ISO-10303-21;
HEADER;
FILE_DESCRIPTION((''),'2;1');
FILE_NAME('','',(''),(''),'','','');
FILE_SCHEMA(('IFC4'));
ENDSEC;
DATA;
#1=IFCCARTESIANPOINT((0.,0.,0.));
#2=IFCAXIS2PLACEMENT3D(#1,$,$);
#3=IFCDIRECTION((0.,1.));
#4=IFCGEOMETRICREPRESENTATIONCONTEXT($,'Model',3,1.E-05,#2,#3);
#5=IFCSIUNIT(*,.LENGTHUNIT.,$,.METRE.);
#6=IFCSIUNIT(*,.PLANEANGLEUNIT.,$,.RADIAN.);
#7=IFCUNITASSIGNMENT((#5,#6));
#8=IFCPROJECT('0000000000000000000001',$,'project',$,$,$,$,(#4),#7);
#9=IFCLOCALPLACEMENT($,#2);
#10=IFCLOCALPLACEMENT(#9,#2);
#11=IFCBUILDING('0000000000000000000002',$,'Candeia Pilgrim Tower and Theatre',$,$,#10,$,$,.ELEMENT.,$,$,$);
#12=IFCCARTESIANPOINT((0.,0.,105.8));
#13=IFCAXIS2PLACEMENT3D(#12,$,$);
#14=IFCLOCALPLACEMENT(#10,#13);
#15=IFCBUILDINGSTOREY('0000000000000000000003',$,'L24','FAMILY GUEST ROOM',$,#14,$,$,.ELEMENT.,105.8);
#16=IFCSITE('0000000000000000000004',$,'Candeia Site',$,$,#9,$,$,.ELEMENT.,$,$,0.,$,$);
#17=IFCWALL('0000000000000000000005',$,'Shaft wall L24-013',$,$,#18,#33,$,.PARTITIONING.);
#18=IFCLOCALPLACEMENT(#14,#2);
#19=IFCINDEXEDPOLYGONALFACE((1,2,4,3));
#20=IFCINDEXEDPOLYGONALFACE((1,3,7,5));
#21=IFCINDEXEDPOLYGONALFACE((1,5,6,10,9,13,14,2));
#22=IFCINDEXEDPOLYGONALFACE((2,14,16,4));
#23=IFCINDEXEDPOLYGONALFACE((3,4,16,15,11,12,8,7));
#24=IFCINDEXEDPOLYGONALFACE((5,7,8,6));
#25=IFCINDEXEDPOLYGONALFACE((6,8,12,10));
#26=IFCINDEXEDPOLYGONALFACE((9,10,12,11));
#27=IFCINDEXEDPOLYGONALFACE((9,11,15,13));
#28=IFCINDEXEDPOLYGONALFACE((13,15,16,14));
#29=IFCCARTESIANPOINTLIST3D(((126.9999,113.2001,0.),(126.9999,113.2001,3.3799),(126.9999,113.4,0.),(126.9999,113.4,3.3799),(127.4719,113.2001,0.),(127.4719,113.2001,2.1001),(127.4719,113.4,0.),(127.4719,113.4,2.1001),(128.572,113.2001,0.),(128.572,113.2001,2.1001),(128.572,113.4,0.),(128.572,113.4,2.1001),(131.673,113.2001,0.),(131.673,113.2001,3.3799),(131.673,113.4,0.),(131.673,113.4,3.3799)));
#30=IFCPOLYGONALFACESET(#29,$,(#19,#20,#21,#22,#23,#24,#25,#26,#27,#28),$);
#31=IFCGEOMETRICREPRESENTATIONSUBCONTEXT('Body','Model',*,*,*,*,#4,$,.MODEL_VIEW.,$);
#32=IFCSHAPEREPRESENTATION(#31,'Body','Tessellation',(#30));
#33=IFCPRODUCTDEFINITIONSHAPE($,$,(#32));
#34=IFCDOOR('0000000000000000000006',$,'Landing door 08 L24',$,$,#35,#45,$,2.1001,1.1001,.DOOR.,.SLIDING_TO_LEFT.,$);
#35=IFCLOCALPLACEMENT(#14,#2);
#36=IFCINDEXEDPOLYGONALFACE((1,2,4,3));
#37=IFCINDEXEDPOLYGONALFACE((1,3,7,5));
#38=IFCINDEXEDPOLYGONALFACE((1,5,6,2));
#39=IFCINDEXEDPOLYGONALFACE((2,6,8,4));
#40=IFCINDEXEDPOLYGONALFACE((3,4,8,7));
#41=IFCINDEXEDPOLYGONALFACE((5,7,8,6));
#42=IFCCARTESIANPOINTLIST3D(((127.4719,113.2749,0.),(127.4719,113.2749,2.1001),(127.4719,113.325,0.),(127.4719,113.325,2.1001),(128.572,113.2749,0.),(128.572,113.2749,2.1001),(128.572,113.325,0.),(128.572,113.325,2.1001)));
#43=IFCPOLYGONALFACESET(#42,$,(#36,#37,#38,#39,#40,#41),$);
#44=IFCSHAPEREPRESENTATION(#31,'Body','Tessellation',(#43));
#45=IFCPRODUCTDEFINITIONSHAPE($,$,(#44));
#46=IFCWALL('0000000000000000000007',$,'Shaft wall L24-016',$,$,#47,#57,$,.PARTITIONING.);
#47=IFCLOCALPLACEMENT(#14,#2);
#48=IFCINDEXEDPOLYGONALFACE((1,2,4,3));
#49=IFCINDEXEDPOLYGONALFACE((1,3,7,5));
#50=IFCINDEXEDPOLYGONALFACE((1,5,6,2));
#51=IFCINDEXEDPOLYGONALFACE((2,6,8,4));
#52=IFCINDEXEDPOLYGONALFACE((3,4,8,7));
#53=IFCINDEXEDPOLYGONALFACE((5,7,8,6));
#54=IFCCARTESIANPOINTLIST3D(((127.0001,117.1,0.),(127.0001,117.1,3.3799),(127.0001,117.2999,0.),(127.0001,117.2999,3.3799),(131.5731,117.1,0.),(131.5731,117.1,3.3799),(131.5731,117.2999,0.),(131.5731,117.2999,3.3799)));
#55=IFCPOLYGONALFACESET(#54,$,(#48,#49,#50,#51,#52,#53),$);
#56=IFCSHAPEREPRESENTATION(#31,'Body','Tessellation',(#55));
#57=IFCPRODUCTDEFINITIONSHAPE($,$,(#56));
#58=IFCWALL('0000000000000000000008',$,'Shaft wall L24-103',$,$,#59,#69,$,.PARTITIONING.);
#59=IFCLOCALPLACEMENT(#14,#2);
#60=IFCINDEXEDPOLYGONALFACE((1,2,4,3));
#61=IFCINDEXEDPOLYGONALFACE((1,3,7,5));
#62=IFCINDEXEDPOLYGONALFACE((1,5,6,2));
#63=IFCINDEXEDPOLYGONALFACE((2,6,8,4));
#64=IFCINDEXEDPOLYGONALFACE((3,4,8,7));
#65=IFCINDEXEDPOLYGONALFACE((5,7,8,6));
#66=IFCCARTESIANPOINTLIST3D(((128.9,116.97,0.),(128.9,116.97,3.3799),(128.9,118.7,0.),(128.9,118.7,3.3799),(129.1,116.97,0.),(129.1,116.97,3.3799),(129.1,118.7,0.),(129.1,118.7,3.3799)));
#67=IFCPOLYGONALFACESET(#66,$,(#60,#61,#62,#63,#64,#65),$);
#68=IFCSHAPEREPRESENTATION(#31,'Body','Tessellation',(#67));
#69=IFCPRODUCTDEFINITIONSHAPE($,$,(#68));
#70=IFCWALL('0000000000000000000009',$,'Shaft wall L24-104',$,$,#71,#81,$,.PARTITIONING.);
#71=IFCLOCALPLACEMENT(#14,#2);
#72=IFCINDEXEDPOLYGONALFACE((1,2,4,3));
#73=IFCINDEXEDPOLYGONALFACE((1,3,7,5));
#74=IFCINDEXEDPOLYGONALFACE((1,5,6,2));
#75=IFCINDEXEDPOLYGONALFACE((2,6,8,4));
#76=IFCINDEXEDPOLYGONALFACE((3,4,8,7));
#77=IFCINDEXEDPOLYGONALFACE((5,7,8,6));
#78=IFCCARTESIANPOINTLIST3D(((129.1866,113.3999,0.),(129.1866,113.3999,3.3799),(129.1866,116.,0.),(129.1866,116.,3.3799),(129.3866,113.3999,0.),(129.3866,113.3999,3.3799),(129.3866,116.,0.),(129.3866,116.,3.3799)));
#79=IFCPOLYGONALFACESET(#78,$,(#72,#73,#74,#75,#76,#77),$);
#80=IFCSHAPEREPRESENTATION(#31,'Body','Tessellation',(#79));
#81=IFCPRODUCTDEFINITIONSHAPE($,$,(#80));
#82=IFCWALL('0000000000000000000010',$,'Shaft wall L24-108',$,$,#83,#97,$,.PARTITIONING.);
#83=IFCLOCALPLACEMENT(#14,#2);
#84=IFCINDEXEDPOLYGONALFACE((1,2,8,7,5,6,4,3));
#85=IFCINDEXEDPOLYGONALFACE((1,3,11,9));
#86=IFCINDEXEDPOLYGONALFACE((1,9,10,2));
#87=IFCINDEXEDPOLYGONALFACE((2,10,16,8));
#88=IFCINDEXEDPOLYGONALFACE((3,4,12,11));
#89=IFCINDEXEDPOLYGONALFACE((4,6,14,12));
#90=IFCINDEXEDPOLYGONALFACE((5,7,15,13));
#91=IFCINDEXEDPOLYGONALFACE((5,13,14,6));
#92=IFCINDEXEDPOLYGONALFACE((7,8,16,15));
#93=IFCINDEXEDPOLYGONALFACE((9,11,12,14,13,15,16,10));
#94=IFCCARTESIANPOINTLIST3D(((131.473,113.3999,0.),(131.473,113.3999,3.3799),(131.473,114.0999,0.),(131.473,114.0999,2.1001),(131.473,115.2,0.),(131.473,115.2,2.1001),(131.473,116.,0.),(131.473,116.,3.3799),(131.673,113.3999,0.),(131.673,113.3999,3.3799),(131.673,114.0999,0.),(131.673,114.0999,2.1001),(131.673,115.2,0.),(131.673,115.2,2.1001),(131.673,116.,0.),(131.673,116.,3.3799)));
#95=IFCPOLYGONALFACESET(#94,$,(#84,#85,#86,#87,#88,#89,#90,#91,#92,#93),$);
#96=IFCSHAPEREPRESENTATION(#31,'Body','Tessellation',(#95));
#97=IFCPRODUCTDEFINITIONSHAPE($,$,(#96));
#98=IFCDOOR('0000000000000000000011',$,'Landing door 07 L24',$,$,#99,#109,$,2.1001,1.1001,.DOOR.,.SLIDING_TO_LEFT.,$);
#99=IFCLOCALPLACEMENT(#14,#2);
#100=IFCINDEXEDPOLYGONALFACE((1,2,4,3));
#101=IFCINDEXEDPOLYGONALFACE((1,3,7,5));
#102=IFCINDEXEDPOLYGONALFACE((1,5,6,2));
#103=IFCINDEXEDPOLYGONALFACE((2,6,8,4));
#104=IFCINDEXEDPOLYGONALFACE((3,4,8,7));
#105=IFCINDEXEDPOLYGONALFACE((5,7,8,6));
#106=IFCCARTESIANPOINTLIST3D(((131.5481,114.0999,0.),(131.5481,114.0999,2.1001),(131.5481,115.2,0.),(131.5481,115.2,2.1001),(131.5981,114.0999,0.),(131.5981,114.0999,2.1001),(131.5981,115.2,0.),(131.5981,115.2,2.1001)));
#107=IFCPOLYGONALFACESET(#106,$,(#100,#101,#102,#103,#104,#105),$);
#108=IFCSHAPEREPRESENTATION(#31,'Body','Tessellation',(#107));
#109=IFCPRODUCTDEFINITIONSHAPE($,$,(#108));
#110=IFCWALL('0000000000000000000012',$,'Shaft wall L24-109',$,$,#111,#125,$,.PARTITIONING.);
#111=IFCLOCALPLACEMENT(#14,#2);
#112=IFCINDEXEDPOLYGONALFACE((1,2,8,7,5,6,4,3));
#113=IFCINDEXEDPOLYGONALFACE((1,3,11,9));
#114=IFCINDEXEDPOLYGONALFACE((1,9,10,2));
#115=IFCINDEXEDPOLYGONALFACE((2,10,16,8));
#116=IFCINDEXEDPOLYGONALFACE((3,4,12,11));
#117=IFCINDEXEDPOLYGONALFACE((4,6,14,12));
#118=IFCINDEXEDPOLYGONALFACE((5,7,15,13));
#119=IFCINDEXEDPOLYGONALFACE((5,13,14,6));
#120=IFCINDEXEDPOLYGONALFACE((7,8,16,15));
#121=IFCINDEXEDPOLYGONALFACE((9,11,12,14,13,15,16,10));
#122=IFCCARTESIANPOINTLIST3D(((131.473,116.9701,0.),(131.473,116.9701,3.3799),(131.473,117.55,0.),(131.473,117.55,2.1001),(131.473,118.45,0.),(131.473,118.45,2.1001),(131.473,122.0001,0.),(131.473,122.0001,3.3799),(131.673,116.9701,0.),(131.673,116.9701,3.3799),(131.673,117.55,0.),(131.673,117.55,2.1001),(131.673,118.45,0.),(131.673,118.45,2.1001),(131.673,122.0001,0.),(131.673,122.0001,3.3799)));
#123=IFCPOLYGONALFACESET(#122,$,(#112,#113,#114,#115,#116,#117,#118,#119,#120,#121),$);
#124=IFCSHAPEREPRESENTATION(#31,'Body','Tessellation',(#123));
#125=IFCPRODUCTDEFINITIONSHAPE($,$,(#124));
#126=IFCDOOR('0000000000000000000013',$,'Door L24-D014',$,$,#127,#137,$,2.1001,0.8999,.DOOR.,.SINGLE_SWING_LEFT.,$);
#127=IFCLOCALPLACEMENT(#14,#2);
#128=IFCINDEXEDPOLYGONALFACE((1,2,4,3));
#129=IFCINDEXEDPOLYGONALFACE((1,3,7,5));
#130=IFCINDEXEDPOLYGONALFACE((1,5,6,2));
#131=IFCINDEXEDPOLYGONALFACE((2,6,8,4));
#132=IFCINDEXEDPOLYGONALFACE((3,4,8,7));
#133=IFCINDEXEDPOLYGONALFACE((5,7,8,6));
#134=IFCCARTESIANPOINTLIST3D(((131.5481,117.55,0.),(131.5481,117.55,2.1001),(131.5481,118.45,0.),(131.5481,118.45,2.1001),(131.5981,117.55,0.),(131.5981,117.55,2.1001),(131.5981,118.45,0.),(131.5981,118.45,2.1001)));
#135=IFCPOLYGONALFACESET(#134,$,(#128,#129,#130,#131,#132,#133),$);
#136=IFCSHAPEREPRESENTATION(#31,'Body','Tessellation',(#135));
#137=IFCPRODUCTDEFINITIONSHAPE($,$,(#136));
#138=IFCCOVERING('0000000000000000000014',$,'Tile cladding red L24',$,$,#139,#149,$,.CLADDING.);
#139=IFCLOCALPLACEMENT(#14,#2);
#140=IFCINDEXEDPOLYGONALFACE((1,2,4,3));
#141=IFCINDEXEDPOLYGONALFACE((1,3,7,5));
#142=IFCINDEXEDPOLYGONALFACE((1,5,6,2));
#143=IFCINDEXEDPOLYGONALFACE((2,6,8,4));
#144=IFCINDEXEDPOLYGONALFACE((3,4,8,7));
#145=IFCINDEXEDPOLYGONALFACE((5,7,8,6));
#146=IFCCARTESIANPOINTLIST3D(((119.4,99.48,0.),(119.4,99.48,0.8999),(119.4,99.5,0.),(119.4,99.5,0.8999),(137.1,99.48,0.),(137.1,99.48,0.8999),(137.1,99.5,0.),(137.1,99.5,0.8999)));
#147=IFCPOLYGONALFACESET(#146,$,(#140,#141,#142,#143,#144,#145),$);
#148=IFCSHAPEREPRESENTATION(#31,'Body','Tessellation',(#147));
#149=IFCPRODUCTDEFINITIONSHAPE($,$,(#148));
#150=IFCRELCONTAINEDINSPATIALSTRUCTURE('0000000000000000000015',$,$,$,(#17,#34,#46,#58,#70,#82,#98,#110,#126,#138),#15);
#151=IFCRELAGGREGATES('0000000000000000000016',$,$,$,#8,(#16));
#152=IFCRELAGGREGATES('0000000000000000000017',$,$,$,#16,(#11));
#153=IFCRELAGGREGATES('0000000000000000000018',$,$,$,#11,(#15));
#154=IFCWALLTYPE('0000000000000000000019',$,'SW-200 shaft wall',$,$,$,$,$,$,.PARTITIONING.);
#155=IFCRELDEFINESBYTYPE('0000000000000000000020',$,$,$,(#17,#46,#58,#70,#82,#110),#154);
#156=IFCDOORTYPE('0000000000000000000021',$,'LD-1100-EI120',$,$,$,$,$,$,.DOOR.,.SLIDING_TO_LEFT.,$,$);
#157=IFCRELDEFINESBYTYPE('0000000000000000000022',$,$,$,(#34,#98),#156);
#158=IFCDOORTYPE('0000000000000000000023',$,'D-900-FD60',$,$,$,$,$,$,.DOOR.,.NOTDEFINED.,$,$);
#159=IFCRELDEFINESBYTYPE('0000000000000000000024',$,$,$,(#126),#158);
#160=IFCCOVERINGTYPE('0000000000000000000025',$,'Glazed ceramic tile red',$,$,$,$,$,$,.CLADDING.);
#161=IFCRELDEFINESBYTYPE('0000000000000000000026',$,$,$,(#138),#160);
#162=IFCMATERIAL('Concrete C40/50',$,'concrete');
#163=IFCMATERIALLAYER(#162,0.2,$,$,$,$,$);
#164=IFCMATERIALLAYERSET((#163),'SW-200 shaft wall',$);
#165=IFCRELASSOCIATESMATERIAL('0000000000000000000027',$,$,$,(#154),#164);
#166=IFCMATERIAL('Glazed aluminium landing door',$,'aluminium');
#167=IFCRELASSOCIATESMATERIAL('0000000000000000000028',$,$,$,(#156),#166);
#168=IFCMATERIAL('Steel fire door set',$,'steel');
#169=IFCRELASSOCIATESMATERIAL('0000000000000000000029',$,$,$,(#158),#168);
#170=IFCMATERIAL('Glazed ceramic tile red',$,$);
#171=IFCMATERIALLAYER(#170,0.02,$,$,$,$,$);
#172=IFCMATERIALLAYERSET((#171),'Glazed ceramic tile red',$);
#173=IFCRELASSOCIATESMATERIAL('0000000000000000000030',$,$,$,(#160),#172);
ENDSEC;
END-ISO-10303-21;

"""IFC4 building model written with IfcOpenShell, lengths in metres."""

from ifc_helpers import new_model, si_unit, direction, frame, frame_2d, origin, origin_2d, place, context, subcontext, project, spatial, rectangle, extrude, material, layer, layer_set, type_object, element, fill, save


model = new_model("IFC4")

# Units and contexts
model_context = context("Model", 3, precision=1e-05, world=origin(), true_north=direction((0.0, 1.0)))
body_context = subcontext(model_context, "Body", "Model", "MODEL_VIEW")
ifc_project = project(units=[si_unit("LENGTHUNIT", "METRE"), si_unit("PLANEANGLEUNIT", "RADIAN")], contexts=[model_context])

# Site, building, storey
site_placement = place(None, origin())
site = spatial("IfcSite", under=ifc_project, at=site_placement, Name="Candeia Site", CompositionType="ELEMENT", RefElevation=0.0)
building_placement = place(site_placement, origin())
building = spatial("IfcBuilding", under=site, at=building_placement, Name="Candeia Pilgrim Tower and Theatre", CompositionType="ELEMENT")
storey_placement = place(building_placement, frame((0.0, 0.0, 105.8)))
storey = spatial("IfcBuildingStorey", under=building, at=storey_placement, Name="L24", Description="FAMILY GUEST ROOM", CompositionType="ELEMENT", Elevation=105.8)

# Shared definitions
ifc_material_1 = material(Name="Steel fire door set", Category="steel")

# Wall, opening, door
ifc_material_2 = material(Name="Concrete C40/50", Category="concrete")
ifc_layer_1 = layer(ifc_material_2, 0.2)
ifc_layer_set_1 = layer_set([ifc_layer_1], Name="SW-200 shaft wall")
wall_type_1 = type_object("IfcWallType", Name="SW-200 shaft wall", PredefinedType="PARTITIONING", material=ifc_layer_set_1)
wall_1_placement = place(storey_placement, frame((127.0, 113.3, 0.0), z_axis=(0.0, 0.0, 1.0), x_axis=(1.0, 0.0, 0.0)))
wall_1 = element("IfcWall", 1, at=wall_1_placement, inside=storey, type_object=wall_type_1, Name="Shaft wall L24-013", PredefinedType="PARTITIONING", context=body_context, shape_type="SweptSolid", body=[
    extrude(rectangle(XDim=4.6731, YDim=0.2, at=frame_2d((2.3364, 0.0))), origin(), (0.0, 0.0, 1.0), 3.3799),
])
opening_1_placement = place(wall_1_placement, frame((0.4719, 0.0, 0.0)))
opening_1 = element("IfcOpeningElement", 2, at=opening_1_placement, cuts=wall_1, PredefinedType="OPENING", context=body_context, shape_type="SweptSolid", body=[
    extrude(rectangle(XDim=1.1001, YDim=2.1001, at=frame_2d((0.55, 1.05))), frame((0.0, 0.1099, 0.0), z_axis=(0.0, -1.0, 0.0), x_axis=(1.0, 0.0, 0.0)), (0.0, 0.0, 1.0), 0.22),
])
ifc_material_3 = material(Name="Glazed aluminium landing door", Category="aluminium")
door_type_1 = type_object("IfcDoorType", Name="LD-1100-EI120", OperationType="SLIDING_TO_LEFT", PredefinedType="DOOR", material=ifc_material_3)
door_1_placement = place(opening_1_placement, origin())
door_1 = element("IfcDoor", 3, at=door_1_placement, inside=storey, type_object=door_type_1, Name="Landing door 08 L24", OperationType="SLIDING_TO_LEFT", OverallHeight=2.1001, OverallWidth=1.1001, PredefinedType="DOOR", context=body_context, shape_type="SweptSolid", body=[
    extrude(rectangle(XDim=1.1001, YDim=2.1001, at=frame_2d((0.55, 1.05))), frame((0.0, 0.0249, 0.0), z_axis=(0.0, -1.0, 0.0), x_axis=(1.0, 0.0, 0.0)), (0.0, 0.0, 1.0), 0.05),
])
fill(opening_1, door_1)

# Walls
wall_2_placement = place(storey_placement, frame((127.0, 117.2, 0.0), z_axis=(0.0, 0.0, 1.0), x_axis=(1.0, 0.0, 0.0)))
element("IfcWall", 4, at=wall_2_placement, inside=storey, type_object=wall_type_1, Name="Shaft wall L24-016", PredefinedType="PARTITIONING", context=body_context, shape_type="SweptSolid", body=[
    extrude(rectangle(XDim=4.573, YDim=0.2, at=frame_2d((2.2866, 0.0))), origin(), (0.0, 0.0, 1.0), 3.3799),
])
wall_3_placement = place(storey_placement, frame((129.0, 116.97, 0.0), z_axis=(0.0, 0.0, 1.0), x_axis=(0.0, 1.0, 0.0)))
element("IfcWall", 5, at=wall_3_placement, inside=storey, type_object=wall_type_1, Name="Shaft wall L24-103", PredefinedType="PARTITIONING", context=body_context, shape_type="SweptSolid", body=[
    extrude(rectangle(XDim=1.73, YDim=0.2, at=frame_2d((0.865, 0.0))), origin(), (0.0, 0.0, 1.0), 3.3799),
])
wall_4_placement = place(storey_placement, frame((129.2866, 113.3999, 0.0), z_axis=(0.0, 0.0, 1.0), x_axis=(0.0, 1.0, 0.0)))
element("IfcWall", 6, at=wall_4_placement, inside=storey, type_object=wall_type_1, Name="Shaft wall L24-104", PredefinedType="PARTITIONING", context=body_context, shape_type="SweptSolid", body=[
    extrude(rectangle(XDim=2.6001, YDim=0.2, at=frame_2d((1.3, 0.0))), origin(), (0.0, 0.0, 1.0), 3.3799),
])

# Walls, openings, doors
wall_5_placement = place(storey_placement, frame((131.573, 113.3999, 0.0), z_axis=(0.0, 0.0, 1.0), x_axis=(0.0, 1.0, 0.0)))
wall_5 = element("IfcWall", 7, at=wall_5_placement, inside=storey, type_object=wall_type_1, Name="Shaft wall L24-108", PredefinedType="PARTITIONING", context=body_context, shape_type="SweptSolid", body=[
    extrude(rectangle(XDim=2.6001, YDim=0.2, at=frame_2d((1.3, 0.0))), origin(), (0.0, 0.0, 1.0), 3.3799),
])
opening_2_placement = place(wall_5_placement, frame((0.7, 0.0, 0.0)))
opening_2 = element("IfcOpeningElement", 8, at=opening_2_placement, cuts=wall_5, PredefinedType="OPENING", context=body_context, shape_type="SweptSolid", body=[
    extrude(rectangle(XDim=1.1001, YDim=2.1001, at=frame_2d((0.55, 1.05))), frame((0.0, 0.1099, 0.0), z_axis=(0.0, -1.0, 0.0), x_axis=(1.0, 0.0, 0.0)), (0.0, 0.0, 1.0), 0.22),
])
door_2_placement = place(opening_2_placement, origin())
door_2 = element("IfcDoor", 9, at=door_2_placement, inside=storey, type_object=door_type_1, Name="Landing door 07 L24", OperationType="SLIDING_TO_LEFT", OverallHeight=2.1001, OverallWidth=1.1001, PredefinedType="DOOR", context=body_context, shape_type="SweptSolid", body=[
    extrude(rectangle(XDim=1.1001, YDim=2.1001, at=frame_2d((0.55, 1.05))), frame((0.0, 0.0249, 0.0), z_axis=(0.0, -1.0, 0.0), x_axis=(1.0, 0.0, 0.0)), (0.0, 0.0, 1.0), 0.05),
])
fill(opening_2, door_2)
wall_6_placement = place(storey_placement, frame((131.573, 116.97, 0.0), z_axis=(0.0, 0.0, 1.0), x_axis=(0.0, 1.0, 0.0)))
wall_6 = element("IfcWall", 10, at=wall_6_placement, inside=storey, type_object=wall_type_1, Name="Shaft wall L24-109", PredefinedType="PARTITIONING", context=body_context, shape_type="SweptSolid", body=[
    extrude(rectangle(XDim=5.03, YDim=0.2, at=frame_2d((2.5151, 0.0))), origin(), (0.0, 0.0, 1.0), 3.3799),
])
opening_3_placement = place(wall_6_placement, frame((0.5801, 0.0, 0.0)))
opening_3 = element("IfcOpeningElement", 11, at=opening_3_placement, cuts=wall_6, PredefinedType="OPENING", context=body_context, shape_type="SweptSolid", body=[
    extrude(rectangle(XDim=0.8999, YDim=2.1001, at=frame_2d((0.45, 1.05))), frame((0.0, 0.1099, 0.0), z_axis=(0.0, -1.0, 0.0), x_axis=(1.0, 0.0, 0.0)), (0.0, 0.0, 1.0), 0.22),
])
door_type_2 = type_object("IfcDoorType", Name="D-900-FD60", OperationType="NOTDEFINED", PredefinedType="DOOR", material=ifc_material_1)
door_3_placement = place(opening_3_placement, origin())
door_3 = element("IfcDoor", 12, at=door_3_placement, inside=storey, type_object=door_type_2, Name="Door L24-D014", OperationType="SINGLE_SWING_LEFT", OverallHeight=2.1001, OverallWidth=0.8999, PredefinedType="DOOR", context=body_context, shape_type="SweptSolid", body=[
    extrude(rectangle(XDim=0.8999, YDim=2.1001, at=frame_2d((0.45, 1.05))), frame((0.0, 0.0249, 0.0), z_axis=(0.0, -1.0, 0.0), x_axis=(1.0, 0.0, 0.0)), (0.0, 0.0, 1.0), 0.05),
])
fill(opening_3, door_3)

# Covering
ifc_material_4 = material(Name="Glazed ceramic tile red")
ifc_layer_2 = layer(ifc_material_4, 0.02)
ifc_layer_set_2 = layer_set([ifc_layer_2], Name="Glazed ceramic tile red")
covering_type = type_object("IfcCoveringType", Name="Glazed ceramic tile red", PredefinedType="CLADDING", material=ifc_layer_set_2)
covering_placement = place(storey_placement, frame((128.25, 99.49, 0.0), z_axis=(0.0, 0.0, 1.0), x_axis=(1.0, 0.0, 0.0)))
element("IfcCovering", 13, at=covering_placement, inside=storey, type_object=covering_type, Name="Tile cladding red L24", PredefinedType="CLADDING", context=body_context, shape_type="SweptSolid", body=[
    extrude(rectangle(XDim=17.7, YDim=0.02, at=origin_2d()), origin(), (0.0, 0.0, 1.0), 0.8999),
])

save(model, "model.ifc")
